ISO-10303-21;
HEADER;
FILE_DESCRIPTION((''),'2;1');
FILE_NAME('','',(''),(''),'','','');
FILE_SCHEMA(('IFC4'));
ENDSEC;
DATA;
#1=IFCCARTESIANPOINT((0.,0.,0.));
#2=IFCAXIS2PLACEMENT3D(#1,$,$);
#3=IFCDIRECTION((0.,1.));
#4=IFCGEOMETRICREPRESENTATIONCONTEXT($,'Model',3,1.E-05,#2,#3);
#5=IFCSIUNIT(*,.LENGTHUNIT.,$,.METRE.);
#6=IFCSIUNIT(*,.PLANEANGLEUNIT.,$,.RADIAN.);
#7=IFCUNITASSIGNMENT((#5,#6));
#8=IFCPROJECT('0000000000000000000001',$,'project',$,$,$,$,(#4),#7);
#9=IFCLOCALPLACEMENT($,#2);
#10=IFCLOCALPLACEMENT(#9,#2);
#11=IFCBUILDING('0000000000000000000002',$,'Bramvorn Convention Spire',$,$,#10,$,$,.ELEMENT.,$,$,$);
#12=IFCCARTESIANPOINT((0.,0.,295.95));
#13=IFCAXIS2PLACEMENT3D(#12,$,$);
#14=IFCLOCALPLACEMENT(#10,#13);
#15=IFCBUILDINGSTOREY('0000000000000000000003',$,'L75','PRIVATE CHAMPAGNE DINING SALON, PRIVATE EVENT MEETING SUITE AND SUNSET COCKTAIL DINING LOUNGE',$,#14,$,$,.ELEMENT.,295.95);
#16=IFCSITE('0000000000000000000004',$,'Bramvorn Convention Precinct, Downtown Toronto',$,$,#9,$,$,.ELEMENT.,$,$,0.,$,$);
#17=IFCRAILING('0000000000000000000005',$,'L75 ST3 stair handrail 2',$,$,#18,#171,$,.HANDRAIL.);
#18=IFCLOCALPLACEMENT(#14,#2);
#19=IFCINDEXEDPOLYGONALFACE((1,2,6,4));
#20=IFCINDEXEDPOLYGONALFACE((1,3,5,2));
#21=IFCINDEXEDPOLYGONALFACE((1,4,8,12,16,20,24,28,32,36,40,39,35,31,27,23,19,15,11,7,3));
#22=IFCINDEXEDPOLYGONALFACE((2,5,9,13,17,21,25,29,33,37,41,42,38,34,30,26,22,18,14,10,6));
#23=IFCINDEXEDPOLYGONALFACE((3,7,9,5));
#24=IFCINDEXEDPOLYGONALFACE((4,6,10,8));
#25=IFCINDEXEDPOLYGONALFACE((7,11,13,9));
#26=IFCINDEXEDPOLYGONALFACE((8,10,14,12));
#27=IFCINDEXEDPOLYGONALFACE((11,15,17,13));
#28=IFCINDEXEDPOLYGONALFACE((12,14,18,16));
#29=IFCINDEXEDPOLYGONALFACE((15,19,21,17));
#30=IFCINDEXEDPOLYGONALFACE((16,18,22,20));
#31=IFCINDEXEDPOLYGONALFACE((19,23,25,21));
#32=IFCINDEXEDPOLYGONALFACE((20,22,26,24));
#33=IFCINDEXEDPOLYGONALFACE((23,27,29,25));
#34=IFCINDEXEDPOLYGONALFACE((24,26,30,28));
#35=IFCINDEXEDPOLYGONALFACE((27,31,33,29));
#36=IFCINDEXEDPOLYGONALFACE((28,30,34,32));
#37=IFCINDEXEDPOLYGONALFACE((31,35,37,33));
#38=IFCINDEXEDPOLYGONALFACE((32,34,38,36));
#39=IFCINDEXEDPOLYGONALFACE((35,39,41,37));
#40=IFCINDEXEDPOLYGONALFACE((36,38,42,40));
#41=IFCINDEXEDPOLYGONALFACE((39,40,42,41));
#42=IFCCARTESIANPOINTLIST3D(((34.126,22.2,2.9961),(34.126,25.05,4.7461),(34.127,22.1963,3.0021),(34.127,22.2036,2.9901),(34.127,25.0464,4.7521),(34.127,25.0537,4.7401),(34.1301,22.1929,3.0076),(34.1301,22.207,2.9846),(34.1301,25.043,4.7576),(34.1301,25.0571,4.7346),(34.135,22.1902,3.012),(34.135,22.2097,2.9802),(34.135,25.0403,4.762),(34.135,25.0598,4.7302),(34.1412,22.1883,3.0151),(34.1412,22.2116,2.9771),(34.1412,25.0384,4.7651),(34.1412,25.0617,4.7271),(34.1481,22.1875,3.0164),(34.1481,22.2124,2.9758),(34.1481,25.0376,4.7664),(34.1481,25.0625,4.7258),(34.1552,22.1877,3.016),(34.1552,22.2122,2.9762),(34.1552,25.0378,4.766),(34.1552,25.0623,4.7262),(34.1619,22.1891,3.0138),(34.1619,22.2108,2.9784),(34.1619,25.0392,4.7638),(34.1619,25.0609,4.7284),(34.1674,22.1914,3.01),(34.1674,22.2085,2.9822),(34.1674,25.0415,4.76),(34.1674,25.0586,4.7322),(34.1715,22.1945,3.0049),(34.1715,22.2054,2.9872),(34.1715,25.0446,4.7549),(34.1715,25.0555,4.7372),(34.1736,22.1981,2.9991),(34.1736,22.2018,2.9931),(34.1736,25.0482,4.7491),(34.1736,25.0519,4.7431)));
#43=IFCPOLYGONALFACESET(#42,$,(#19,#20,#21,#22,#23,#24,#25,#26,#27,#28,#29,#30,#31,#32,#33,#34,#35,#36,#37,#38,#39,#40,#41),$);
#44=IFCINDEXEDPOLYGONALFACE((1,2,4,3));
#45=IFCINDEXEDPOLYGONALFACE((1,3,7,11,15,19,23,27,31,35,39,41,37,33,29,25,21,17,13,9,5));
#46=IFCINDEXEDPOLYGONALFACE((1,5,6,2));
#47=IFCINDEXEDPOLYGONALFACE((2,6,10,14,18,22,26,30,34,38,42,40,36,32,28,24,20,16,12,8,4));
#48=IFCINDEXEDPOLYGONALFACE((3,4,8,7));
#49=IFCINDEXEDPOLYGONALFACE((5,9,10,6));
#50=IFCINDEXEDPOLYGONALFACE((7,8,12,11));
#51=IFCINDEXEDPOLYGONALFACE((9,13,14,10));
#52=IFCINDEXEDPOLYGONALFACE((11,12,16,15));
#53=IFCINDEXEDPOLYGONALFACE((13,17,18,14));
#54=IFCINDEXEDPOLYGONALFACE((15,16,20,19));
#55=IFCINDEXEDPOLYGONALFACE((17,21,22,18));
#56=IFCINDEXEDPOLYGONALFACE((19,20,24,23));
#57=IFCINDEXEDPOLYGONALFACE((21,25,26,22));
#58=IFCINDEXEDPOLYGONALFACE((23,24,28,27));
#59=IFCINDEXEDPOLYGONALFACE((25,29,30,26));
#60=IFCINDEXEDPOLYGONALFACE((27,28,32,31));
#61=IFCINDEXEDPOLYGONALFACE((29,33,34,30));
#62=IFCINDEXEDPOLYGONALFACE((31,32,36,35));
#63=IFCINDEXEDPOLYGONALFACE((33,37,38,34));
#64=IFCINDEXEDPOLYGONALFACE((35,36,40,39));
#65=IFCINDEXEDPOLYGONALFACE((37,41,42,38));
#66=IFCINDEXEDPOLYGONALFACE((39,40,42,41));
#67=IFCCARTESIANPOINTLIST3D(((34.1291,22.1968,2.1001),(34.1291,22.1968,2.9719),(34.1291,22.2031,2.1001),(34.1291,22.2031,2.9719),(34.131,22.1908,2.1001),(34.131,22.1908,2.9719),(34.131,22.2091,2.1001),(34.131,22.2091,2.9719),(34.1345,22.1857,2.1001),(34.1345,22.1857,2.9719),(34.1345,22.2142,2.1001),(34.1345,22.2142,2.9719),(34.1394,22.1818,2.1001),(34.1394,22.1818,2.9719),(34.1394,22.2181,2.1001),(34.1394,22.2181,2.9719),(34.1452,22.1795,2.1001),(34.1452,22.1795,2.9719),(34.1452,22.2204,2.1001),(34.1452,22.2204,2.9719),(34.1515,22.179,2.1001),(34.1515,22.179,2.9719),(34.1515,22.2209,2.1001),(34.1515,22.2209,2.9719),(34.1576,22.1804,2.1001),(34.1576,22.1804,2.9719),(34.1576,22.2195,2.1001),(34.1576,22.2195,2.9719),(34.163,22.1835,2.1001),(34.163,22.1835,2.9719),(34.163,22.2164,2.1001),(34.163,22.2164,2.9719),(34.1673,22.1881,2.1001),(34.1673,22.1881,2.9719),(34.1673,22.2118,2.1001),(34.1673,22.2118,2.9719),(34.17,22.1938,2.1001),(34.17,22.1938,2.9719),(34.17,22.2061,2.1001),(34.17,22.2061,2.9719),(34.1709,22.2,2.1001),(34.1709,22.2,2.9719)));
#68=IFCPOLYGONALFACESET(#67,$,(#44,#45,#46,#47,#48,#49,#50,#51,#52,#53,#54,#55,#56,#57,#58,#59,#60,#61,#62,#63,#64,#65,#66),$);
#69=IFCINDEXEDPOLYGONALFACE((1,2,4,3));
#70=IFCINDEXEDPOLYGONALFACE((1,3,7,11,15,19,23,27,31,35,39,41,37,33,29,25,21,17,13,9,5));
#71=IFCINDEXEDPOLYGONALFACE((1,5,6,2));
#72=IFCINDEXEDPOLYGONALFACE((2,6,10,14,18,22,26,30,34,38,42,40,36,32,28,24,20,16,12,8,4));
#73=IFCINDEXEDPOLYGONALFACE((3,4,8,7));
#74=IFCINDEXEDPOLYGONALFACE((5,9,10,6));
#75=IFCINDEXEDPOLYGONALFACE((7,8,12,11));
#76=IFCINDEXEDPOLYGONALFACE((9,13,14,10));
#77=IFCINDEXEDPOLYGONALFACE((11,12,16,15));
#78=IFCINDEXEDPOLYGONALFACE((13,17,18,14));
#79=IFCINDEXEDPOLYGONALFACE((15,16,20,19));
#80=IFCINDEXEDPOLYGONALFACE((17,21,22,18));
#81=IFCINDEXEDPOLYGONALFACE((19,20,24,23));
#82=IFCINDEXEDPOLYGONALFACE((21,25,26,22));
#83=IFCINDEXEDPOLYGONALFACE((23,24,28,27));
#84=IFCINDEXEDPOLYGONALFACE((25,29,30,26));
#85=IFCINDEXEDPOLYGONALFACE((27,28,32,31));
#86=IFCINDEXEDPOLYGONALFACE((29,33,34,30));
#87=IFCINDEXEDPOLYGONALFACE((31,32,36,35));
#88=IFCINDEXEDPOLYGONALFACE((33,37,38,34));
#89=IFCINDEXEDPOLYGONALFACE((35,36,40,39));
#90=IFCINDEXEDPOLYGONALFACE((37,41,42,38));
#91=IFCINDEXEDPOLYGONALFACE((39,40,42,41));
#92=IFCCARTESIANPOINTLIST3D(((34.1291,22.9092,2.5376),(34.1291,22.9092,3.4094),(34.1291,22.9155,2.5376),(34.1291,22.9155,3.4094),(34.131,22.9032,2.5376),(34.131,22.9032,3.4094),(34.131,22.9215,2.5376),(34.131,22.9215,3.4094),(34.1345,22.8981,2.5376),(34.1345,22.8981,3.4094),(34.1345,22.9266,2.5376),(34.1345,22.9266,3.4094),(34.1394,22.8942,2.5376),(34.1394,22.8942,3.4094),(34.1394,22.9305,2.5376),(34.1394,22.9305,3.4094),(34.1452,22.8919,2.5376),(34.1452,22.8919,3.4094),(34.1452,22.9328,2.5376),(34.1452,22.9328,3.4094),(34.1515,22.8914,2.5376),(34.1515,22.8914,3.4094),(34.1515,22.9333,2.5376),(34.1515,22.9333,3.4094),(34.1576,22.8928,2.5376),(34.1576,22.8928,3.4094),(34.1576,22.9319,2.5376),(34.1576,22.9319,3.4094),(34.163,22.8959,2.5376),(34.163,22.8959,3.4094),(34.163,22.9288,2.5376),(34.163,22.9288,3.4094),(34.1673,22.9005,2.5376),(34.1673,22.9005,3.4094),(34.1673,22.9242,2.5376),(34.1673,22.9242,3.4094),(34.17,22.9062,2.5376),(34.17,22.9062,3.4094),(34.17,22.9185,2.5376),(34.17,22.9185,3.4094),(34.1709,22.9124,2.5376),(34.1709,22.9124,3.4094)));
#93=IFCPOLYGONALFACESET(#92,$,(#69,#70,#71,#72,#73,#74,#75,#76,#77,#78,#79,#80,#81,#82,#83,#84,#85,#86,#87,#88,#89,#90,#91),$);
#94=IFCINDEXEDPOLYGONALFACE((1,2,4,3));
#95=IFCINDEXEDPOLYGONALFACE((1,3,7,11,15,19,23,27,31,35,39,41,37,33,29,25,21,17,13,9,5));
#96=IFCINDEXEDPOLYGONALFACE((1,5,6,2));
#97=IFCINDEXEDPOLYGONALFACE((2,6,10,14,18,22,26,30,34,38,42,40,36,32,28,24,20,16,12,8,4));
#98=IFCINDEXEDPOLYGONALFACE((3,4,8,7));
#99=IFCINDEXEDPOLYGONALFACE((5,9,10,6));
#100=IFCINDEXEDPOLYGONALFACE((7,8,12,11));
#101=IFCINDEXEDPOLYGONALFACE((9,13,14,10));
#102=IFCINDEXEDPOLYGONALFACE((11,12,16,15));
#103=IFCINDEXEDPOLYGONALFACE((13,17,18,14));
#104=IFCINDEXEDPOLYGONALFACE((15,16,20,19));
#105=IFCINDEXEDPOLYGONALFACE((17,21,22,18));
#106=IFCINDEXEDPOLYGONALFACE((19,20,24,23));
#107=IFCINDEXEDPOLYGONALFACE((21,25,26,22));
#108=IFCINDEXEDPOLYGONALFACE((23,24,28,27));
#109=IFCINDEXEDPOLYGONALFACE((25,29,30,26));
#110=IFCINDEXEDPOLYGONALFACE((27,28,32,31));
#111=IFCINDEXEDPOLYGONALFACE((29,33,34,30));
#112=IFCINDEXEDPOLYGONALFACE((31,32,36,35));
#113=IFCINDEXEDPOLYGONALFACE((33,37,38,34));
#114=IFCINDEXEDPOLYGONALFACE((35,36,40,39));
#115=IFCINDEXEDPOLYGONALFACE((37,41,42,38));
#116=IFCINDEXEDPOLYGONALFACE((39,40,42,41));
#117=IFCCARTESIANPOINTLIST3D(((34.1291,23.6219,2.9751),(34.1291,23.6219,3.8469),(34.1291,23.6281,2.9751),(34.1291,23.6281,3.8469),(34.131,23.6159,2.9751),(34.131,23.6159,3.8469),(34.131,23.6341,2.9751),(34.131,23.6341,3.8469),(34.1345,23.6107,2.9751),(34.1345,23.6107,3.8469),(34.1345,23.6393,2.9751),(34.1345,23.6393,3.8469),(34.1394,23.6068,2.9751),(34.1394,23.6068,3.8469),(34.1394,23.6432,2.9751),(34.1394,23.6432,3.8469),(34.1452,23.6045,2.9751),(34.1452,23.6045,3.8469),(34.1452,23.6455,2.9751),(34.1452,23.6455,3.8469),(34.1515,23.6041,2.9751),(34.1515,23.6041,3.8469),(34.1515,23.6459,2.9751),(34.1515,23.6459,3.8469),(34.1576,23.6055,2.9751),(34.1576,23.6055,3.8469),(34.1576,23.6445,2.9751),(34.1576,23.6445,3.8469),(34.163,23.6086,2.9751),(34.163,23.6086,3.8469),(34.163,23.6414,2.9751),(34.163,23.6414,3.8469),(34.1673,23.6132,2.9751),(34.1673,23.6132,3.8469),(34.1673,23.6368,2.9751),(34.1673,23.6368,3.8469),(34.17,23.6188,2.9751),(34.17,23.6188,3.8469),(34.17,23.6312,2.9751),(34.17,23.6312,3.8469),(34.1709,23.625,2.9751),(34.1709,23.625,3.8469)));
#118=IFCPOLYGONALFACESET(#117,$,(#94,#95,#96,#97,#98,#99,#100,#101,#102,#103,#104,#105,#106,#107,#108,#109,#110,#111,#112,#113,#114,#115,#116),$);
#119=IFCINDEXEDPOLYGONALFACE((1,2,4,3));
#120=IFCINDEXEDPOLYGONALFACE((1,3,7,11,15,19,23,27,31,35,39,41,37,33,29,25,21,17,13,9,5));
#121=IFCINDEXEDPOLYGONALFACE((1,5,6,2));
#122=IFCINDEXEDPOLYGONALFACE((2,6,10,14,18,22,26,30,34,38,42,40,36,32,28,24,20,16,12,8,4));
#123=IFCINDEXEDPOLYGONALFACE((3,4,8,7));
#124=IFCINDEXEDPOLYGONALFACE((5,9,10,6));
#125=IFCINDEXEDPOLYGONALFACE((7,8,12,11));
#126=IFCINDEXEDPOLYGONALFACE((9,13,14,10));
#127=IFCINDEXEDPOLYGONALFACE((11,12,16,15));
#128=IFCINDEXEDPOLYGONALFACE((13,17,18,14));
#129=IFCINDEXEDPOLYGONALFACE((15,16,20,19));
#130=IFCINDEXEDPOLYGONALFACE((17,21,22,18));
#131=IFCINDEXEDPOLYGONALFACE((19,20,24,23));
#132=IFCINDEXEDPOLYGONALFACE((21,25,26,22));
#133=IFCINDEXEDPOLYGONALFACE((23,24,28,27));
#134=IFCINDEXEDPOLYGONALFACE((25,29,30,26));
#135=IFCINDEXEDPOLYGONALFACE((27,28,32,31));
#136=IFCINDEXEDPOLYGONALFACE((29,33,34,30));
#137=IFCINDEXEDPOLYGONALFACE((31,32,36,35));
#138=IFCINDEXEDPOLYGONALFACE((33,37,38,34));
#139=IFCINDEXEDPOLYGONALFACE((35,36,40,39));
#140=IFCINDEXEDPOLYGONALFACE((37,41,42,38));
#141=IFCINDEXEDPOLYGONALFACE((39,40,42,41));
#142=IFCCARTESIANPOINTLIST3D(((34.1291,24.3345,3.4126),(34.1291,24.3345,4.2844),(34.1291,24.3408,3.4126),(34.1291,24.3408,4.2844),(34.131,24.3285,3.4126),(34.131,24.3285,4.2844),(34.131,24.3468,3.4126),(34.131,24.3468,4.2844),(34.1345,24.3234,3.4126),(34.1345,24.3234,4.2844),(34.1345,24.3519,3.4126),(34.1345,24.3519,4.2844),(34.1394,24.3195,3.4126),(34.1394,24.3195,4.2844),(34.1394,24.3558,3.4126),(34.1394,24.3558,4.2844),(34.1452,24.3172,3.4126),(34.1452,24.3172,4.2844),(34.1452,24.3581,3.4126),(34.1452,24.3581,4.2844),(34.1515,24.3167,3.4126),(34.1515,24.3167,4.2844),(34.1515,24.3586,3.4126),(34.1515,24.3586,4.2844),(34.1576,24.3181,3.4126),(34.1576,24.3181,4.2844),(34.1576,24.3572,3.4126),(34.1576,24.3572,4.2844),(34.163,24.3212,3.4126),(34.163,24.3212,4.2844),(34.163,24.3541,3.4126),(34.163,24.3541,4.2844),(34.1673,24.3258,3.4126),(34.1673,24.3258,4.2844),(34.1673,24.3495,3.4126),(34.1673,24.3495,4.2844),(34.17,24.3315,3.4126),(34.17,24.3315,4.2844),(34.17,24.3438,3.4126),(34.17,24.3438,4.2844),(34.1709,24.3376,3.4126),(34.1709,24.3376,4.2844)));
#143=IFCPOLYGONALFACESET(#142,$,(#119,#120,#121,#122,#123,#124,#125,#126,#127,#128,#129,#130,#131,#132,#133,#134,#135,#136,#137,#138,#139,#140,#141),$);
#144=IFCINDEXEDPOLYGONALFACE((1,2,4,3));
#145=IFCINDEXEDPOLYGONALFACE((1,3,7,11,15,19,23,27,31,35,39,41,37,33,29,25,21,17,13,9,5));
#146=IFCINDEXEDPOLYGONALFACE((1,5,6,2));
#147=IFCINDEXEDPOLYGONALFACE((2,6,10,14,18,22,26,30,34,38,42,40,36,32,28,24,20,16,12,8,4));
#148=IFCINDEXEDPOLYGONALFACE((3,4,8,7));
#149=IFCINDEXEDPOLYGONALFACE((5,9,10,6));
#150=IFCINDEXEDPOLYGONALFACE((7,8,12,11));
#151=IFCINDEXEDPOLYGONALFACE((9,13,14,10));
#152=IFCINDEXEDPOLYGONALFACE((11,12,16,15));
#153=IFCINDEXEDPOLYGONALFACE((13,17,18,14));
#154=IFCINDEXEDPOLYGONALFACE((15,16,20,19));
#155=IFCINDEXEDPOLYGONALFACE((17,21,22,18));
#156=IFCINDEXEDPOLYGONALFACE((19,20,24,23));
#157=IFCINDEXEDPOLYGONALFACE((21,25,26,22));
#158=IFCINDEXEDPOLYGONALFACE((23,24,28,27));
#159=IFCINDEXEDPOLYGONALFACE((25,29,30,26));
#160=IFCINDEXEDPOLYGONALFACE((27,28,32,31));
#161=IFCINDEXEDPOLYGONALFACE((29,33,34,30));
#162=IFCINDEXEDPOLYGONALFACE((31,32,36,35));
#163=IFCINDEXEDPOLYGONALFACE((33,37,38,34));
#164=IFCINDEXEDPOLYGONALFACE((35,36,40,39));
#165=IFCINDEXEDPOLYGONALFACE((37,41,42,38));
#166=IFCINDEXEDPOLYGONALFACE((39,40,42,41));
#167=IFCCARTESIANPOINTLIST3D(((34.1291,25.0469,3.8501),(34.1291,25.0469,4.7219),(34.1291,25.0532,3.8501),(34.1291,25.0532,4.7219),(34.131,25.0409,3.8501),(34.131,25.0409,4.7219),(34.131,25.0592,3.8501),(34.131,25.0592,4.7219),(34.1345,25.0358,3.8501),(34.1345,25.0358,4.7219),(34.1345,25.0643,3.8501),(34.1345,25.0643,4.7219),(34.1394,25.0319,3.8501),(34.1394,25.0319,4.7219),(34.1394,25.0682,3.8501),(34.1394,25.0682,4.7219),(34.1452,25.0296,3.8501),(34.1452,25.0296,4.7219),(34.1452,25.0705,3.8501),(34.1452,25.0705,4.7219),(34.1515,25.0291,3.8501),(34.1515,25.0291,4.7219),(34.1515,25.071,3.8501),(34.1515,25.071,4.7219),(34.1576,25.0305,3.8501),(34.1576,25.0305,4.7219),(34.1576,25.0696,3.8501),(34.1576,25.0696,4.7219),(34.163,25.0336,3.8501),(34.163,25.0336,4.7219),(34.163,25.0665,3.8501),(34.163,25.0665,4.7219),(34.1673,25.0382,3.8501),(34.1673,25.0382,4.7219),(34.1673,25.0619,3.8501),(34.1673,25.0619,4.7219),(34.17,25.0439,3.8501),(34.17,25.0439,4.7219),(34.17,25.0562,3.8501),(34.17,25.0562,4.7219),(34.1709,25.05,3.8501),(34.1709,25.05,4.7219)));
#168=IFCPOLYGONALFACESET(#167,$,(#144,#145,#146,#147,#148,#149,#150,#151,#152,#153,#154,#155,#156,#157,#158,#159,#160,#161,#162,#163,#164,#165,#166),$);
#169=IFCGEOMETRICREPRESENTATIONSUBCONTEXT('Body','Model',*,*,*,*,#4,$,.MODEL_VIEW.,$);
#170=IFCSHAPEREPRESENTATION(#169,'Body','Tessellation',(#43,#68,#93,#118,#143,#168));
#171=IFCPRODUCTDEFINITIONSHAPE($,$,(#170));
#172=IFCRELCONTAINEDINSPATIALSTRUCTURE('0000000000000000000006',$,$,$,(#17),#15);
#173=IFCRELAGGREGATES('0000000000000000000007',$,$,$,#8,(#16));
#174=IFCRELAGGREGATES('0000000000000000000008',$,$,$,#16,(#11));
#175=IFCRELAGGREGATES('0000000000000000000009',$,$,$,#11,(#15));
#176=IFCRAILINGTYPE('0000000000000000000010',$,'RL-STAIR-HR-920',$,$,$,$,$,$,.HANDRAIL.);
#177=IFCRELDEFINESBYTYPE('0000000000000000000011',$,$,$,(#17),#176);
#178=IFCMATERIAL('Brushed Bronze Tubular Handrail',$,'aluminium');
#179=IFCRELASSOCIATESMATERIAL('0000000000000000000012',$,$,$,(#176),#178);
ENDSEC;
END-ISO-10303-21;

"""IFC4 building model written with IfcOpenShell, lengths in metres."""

from ifc_helpers import new_model, si_unit, direction, frame, origin, origin_2d, place, context, subcontext, project, spatial, circle, extrude, material, type_object, element, save


model = new_model("IFC4")

# Units and contexts
model_context = context("Model", 3, precision=1e-05, world=origin(), true_north=direction((0.0, 1.0)))
body_context = subcontext(model_context, "Body", "Model", "MODEL_VIEW")
ifc_project = project(units=[si_unit("LENGTHUNIT", "METRE"), si_unit("PLANEANGLEUNIT", "RADIAN")], contexts=[model_context])

# Site, building, storey
site_placement = place(None, origin())
site = spatial("IfcSite", under=ifc_project, at=site_placement, Name="Bramvorn Convention Precinct, Downtown Toronto", CompositionType="ELEMENT", RefElevation=0.0)
building_placement = place(site_placement, origin())
building = spatial("IfcBuilding", under=site, at=building_placement, Name="Bramvorn Convention Spire", CompositionType="ELEMENT")
storey_placement = place(building_placement, frame((0.0, 0.0, 295.95)))
storey = spatial("IfcBuildingStorey", under=building, at=storey_placement, Name="L75", Description="PRIVATE CHAMPAGNE DINING SALON, PRIVATE EVENT MEETING SUITE AND SUNSET COCKTAIL DINING LOUNGE", CompositionType="ELEMENT", Elevation=295.95)

# Railing
ifc_material_1 = material(Name="Brushed Bronze Tubular Handrail", Category="aluminium")
railing_type_1 = type_object("IfcRailingType", Name="RL-STAIR-HR-920", PredefinedType="HANDRAIL", material=ifc_material_1)
railing_1_placement = place(storey_placement, frame((34.1499, 22.2, 2.1001)))
element("IfcRailing", 1, at=railing_1_placement, inside=storey, type_object=railing_type_1, Name="L75 ST3 stair handrail 2", PredefinedType="HANDRAIL", context=body_context, shape_type="SweptSolid", body=[
    extrude(circle(Radius=0.0239, at=origin_2d()), frame((0.0, 0.0, 0.896), z_axis=(0.0, 0.852179, 0.52325), x_axis=(-1.0, 0.0, 0.0)), (0.0, 0.0, 1.0), 3.3445),
    extrude(circle(Radius=0.021, at=origin_2d()), origin(), (0.0, 0.0, 1.0), 0.8718),
    extrude(circle(Radius=0.021, at=origin_2d()), frame((0.0, 0.7124, 0.4375)), (0.0, 0.0, 1.0), 0.8718),
    extrude(circle(Radius=0.021, at=origin_2d()), frame((0.0, 1.425, 0.875)), (0.0, 0.0, 1.0), 0.8718),
    extrude(circle(Radius=0.021, at=origin_2d()), frame((0.0, 2.1377, 1.3125)), (0.0, 0.0, 1.0), 0.8718),
    extrude(circle(Radius=0.021, at=origin_2d()), frame((0.0, 2.8501, 1.75)), (0.0, 0.0, 1.0), 0.8718),
])

save(model, "model.ifc")
